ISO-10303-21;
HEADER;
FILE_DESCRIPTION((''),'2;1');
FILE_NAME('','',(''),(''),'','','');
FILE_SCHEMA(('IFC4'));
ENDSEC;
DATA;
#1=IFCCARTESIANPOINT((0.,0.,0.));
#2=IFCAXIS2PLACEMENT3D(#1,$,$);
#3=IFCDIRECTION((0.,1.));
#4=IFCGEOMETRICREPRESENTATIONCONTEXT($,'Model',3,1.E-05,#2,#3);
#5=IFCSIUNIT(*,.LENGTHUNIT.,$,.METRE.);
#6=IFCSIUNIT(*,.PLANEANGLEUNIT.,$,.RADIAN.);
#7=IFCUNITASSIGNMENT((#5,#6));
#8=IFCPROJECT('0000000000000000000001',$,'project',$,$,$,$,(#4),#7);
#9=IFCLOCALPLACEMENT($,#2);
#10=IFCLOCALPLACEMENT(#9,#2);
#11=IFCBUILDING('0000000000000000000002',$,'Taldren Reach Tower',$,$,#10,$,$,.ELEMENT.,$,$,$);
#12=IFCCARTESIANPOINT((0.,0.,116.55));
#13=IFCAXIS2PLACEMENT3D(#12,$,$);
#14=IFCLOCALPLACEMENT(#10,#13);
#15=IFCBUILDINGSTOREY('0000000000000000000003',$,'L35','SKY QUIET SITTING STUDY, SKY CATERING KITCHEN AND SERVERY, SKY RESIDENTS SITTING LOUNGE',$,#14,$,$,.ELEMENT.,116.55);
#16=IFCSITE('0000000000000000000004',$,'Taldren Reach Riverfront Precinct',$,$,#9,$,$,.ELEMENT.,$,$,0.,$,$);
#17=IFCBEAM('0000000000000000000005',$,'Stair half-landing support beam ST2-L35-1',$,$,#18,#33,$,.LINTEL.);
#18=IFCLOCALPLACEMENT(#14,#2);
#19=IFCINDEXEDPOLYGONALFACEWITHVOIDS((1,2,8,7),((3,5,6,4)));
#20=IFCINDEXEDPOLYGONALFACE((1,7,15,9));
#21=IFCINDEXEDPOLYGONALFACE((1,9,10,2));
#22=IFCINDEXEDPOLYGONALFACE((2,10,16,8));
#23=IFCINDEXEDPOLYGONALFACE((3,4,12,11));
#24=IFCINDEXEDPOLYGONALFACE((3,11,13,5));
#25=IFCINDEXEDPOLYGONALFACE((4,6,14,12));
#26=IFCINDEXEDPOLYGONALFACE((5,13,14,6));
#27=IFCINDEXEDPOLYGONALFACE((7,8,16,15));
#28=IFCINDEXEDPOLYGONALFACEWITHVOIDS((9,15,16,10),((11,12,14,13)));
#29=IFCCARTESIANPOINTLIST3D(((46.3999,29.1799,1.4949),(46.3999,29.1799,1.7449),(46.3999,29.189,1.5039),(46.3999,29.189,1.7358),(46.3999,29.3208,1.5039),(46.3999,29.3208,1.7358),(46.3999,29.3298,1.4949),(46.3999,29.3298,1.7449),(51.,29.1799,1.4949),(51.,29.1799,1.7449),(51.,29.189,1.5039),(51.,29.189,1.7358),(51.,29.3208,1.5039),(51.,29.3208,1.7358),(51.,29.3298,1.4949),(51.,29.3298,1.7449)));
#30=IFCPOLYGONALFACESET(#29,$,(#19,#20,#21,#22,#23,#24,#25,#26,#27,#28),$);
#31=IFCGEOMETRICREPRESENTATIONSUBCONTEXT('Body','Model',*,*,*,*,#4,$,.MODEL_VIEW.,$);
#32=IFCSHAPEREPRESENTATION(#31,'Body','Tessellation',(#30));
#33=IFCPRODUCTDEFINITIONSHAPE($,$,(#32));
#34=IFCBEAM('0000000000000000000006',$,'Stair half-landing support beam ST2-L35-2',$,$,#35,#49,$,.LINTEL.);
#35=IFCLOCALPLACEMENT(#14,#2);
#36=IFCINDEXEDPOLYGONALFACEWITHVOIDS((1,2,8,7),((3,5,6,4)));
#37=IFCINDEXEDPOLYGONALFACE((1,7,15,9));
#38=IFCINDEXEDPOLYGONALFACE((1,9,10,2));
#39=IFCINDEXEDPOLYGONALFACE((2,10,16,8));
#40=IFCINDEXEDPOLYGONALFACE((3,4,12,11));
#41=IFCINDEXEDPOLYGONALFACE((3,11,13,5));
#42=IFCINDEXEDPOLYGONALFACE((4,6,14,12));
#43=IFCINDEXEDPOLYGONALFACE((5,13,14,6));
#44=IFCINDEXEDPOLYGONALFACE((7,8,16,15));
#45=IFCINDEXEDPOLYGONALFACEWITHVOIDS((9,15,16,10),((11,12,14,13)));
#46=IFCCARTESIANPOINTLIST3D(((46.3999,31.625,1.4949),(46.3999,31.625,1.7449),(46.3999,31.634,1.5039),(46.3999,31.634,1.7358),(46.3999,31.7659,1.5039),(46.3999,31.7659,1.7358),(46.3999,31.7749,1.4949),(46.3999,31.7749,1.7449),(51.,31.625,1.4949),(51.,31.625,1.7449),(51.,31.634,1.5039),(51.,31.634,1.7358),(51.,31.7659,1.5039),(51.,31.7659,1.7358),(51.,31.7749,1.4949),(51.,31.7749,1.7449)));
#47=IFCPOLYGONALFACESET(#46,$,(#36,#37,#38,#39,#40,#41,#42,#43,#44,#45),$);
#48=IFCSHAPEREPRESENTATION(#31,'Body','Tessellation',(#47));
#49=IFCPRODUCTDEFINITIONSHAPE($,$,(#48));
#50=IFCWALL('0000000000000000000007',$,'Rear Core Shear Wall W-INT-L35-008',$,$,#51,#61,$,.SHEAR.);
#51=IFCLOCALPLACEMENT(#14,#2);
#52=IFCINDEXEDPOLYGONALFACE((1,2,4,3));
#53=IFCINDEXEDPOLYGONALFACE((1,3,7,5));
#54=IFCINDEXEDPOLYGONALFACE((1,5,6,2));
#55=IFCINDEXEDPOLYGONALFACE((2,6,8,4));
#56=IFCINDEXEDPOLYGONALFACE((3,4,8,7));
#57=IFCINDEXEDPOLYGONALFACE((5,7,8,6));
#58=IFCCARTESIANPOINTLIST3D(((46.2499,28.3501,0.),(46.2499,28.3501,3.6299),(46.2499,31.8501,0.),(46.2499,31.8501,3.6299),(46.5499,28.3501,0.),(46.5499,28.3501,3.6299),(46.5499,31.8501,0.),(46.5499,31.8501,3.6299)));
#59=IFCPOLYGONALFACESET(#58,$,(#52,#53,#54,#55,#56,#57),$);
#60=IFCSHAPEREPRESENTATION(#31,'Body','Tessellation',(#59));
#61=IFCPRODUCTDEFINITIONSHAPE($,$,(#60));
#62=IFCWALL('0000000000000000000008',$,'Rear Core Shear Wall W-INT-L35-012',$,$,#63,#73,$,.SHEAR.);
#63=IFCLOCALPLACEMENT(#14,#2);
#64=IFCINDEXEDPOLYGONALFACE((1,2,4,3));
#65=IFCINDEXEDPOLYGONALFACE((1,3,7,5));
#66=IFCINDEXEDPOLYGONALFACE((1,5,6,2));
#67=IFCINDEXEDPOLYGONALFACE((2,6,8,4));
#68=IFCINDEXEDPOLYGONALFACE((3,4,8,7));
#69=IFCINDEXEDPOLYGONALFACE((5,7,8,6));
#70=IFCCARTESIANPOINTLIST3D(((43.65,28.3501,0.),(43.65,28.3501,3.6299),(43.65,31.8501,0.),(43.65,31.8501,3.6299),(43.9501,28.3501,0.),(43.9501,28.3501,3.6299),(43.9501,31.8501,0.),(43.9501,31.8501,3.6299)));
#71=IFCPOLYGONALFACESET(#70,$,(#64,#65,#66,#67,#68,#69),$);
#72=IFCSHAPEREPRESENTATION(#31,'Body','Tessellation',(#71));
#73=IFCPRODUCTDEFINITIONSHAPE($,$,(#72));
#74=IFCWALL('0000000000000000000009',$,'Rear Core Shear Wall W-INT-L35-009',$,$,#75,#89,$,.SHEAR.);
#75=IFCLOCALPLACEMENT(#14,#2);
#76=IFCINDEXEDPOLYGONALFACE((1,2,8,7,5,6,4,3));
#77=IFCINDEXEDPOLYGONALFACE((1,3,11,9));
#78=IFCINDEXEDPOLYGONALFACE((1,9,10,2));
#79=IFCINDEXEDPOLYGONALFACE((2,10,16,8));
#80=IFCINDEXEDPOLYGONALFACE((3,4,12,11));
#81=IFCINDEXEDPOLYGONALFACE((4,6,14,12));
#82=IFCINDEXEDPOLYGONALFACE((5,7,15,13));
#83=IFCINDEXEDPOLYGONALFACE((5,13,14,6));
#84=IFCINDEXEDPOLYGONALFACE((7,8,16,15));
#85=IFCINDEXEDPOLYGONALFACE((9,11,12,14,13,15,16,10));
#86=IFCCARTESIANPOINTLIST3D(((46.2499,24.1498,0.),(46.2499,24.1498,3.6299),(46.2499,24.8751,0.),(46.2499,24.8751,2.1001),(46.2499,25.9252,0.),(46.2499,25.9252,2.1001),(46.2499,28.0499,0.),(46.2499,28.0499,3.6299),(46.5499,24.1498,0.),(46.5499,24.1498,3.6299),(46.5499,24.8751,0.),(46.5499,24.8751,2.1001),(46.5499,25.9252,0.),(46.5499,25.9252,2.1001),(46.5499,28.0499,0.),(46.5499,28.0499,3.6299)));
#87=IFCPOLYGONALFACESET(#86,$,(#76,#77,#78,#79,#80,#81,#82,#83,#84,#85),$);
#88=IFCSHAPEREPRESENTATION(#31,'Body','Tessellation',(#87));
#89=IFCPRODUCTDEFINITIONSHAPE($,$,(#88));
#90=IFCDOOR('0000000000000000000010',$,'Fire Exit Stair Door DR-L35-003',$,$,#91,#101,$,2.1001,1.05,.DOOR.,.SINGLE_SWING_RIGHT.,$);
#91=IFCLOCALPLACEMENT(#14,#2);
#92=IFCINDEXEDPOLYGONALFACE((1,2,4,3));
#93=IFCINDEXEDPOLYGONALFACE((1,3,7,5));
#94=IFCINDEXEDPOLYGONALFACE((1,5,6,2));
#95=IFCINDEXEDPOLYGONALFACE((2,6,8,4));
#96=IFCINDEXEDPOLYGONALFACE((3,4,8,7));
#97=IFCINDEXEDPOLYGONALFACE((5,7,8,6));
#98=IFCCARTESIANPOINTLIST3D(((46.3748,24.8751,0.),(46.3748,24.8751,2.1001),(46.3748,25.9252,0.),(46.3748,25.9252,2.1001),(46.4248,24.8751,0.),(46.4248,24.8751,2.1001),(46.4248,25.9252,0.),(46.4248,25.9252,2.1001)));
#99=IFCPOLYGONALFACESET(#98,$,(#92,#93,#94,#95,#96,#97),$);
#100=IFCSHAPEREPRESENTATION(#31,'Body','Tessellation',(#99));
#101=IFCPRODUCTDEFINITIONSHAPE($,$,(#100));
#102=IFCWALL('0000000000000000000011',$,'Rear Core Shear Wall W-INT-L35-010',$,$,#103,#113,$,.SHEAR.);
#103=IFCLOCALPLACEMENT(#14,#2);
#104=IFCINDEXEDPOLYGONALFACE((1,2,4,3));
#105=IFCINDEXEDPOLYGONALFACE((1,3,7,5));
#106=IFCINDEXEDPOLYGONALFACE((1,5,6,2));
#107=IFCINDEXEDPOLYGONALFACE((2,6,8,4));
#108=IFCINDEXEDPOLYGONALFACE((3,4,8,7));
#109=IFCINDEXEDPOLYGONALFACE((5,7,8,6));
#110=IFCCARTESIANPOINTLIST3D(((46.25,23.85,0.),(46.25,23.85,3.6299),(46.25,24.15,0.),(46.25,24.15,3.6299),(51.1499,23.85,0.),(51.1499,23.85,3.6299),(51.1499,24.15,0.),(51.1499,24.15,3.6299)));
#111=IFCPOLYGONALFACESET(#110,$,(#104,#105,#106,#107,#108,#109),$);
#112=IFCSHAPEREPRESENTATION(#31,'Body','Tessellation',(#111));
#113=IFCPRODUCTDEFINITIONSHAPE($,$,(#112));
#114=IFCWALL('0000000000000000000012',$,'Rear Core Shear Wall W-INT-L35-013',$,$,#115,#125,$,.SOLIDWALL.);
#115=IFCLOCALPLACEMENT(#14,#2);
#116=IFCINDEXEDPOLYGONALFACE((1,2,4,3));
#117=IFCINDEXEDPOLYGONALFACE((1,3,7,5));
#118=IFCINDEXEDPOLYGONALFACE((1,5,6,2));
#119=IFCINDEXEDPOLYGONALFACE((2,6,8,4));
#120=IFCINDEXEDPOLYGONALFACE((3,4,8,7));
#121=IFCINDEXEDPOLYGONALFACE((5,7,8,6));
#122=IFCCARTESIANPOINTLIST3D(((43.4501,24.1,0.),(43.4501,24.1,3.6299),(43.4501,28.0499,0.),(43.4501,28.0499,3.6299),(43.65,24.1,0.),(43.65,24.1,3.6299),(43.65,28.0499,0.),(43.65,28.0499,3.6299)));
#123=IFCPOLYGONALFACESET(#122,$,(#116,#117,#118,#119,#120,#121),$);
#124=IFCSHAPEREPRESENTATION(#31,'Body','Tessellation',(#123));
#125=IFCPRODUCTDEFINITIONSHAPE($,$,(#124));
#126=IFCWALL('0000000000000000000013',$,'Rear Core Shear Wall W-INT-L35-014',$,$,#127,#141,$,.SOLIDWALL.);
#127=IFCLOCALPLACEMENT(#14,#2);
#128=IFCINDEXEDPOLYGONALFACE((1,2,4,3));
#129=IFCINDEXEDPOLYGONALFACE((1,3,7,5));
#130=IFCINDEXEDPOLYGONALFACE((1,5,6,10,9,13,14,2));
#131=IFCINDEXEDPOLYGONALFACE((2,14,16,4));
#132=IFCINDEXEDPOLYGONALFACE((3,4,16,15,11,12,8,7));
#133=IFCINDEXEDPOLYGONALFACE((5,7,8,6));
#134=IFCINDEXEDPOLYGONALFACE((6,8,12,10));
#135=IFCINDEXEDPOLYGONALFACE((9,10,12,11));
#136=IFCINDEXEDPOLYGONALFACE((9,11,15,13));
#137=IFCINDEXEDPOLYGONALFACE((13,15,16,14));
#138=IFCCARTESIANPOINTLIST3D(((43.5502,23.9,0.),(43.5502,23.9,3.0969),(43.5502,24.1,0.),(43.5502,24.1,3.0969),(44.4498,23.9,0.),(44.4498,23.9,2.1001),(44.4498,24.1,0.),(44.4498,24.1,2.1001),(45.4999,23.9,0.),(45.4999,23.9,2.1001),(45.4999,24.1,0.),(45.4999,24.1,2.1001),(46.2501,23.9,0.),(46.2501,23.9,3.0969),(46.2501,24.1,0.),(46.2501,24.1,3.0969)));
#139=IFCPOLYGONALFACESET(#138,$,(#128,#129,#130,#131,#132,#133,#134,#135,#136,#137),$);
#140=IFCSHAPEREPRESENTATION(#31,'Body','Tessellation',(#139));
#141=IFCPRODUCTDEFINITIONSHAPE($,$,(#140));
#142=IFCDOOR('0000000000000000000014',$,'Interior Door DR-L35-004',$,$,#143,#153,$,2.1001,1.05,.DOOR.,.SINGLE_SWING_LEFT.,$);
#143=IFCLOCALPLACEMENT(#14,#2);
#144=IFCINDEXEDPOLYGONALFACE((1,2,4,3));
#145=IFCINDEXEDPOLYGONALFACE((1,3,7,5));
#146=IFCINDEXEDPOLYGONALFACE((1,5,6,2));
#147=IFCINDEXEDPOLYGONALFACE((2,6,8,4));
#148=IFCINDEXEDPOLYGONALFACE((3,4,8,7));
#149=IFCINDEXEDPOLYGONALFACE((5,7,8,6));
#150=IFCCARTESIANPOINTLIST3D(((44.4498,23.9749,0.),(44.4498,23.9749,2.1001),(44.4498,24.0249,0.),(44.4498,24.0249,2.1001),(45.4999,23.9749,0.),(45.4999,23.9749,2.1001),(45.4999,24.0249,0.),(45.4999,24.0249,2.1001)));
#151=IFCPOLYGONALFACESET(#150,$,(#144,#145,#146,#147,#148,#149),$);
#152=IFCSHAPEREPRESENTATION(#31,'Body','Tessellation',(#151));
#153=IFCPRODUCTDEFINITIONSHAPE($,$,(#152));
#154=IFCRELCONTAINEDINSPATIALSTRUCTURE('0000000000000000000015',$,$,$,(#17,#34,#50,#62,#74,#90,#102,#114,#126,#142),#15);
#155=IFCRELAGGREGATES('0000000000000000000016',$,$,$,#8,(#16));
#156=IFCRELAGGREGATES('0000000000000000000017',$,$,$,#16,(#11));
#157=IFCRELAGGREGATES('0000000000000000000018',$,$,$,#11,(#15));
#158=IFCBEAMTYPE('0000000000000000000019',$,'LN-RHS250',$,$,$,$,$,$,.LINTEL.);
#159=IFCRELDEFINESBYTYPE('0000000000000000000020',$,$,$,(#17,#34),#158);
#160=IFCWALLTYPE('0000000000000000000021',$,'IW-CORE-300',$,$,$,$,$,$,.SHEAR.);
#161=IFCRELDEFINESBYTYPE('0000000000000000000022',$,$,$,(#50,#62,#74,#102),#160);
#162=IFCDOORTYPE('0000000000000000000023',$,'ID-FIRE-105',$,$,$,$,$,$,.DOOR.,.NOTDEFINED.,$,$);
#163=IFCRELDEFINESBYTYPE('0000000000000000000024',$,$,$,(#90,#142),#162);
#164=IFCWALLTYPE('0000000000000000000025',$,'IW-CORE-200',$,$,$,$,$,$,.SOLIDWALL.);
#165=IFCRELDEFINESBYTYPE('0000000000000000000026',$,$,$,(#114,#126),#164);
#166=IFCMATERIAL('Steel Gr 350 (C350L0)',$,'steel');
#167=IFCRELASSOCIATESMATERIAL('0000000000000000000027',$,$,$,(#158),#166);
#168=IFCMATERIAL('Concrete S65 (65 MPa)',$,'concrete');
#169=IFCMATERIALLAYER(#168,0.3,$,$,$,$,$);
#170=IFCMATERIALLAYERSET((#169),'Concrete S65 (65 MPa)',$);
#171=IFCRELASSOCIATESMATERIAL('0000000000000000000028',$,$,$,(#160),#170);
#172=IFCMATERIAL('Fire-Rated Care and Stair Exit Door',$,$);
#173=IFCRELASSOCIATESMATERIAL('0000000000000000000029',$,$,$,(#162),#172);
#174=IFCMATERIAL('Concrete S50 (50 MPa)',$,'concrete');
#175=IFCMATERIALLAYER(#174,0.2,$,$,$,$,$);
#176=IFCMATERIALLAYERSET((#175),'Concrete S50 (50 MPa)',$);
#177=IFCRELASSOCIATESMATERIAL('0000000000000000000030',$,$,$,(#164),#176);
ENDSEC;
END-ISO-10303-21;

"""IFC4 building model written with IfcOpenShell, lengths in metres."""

from ifc_helpers import new_model, si_unit, direction, frame, frame_2d, origin, origin_2d, place, context, subcontext, project, spatial, rectangle, hollow_rectangle, extrude, source, transform, mapped, material, layer, layer_set, material_profile, profile_set, type_object, element, fill, save


model = new_model("IFC4")

# Units and contexts
model_context = context("Model", 3, precision=1e-05, world=origin(), true_north=direction((0.0, 1.0)))
body_context = subcontext(model_context, "Body", "Model", "MODEL_VIEW")
ifc_project = project(units=[si_unit("LENGTHUNIT", "METRE"), si_unit("PLANEANGLEUNIT", "RADIAN")], contexts=[model_context])

# Site, building, storey
site_placement = place(None, origin())
site = spatial("IfcSite", under=ifc_project, at=site_placement, Name="Taldren Reach Riverfront Precinct", CompositionType="ELEMENT", RefElevation=0.0)
building_placement = place(site_placement, origin())
building = spatial("IfcBuilding", under=site, at=building_placement, Name="Taldren Reach Tower", CompositionType="ELEMENT")
storey_placement = place(building_placement, frame((0.0, 0.0, 116.55)))
storey = spatial("IfcBuildingStorey", under=building, at=storey_placement, Name="L35", Description="SKY QUIET SITTING STUDY, SKY CATERING KITCHEN AND SERVERY, SKY RESIDENTS SITTING LOUNGE", CompositionType="ELEMENT", Elevation=116.55)

# Beams
ifc_material_1 = material(Name="Steel Gr 350 (C350L0)", Category="steel")
ifc_material_profile = material_profile(ifc_material_1, hollow_rectangle(XDim=0.1499, YDim=0.25, WallThickness=0.009, at=origin_2d()), Name="250x150x9.0RHS")
ifc_profile_set = profile_set([ifc_material_profile], Name="Steel Gr 350 (C350L0)")
beam_type = type_object("IfcBeamType", Name="LN-RHS250", PredefinedType="LINTEL", material=ifc_profile_set)
shared_shape_1 = source(origin(), body_context, "Body", "SweptSolid", [
    extrude(hollow_rectangle(XDim=0.1499, YDim=0.25, WallThickness=0.009, at=origin_2d()), origin(), (0.0, 0.0, 1.0), 4.6001),
])
for number, where, z_axis, x_axis, name in (
    (1, (46.3999, 29.2549, 1.6199), (1.0, 0.0, 0.0), (0.0, 1.0, 0.0), "Stair half-landing support beam ST2-L35-1"),
    (2, (46.3999, 31.7, 1.6199), (1.0, 0.0, 0.0), (0.0, 1.0, 0.0), "Stair half-landing support beam ST2-L35-2"),
):
    element("IfcBeam", number, at=place(storey_placement, frame(where, z_axis=z_axis, x_axis=x_axis)), inside=storey, type_object=beam_type, Name=name, PredefinedType="LINTEL", context=body_context, shape_type="MappedRepresentation", body=[
        mapped(shared_shape_1, transform((0.0, 0.0, 0.0), scale=1.0)),
    ])

# Walls
ifc_material_2 = material(Name="Concrete S65 (65 MPa)", Category="concrete")
ifc_layer_1 = layer(ifc_material_2, 0.3)
ifc_layer_set_1 = layer_set([ifc_layer_1], Name="Concrete S65 (65 MPa)")
wall_type_1 = type_object("IfcWallType", Name="IW-CORE-300", PredefinedType="SHEAR", material=ifc_layer_set_1)
shared_shape_2 = source(origin(), body_context, "Body", "SweptSolid", [
    extrude(rectangle(XDim=3.5, YDim=0.3, at=frame_2d((1.75, 0.0))), origin(), (0.0, 0.0, 1.0), 3.6299),
])
for number, where, z_axis, x_axis, name in (
    (3, (46.3999, 31.8501, 0.0), (0.0, 0.0, 1.0), (0.0, -1.0, 0.0), "Rear Core Shear Wall W-INT-L35-008"),
    (4, (43.8, 31.8501, 0.0), (0.0, 0.0, 1.0), (0.0, -1.0, 0.0), "Rear Core Shear Wall W-INT-L35-012"),
):
    element("IfcWall", number, at=place(storey_placement, frame(where, z_axis=z_axis, x_axis=x_axis)), inside=storey, type_object=wall_type_1, Name=name, PredefinedType="SHEAR", context=body_context, shape_type="MappedRepresentation", body=[
        mapped(shared_shape_2, transform((0.0, 0.0, 0.0), scale=1.0)),
    ])

# Wall, opening, door
shared_shape_3 = source(origin(), body_context, "Body", "SweptSolid", [
    extrude(rectangle(XDim=3.9001, YDim=0.3, at=frame_2d((1.9502, 0.0))), origin(), (0.0, 0.0, 1.0), 3.6299),
])
wall_1_placement = place(storey_placement, frame((46.3999, 28.05, 0.0), z_axis=(0.0, 0.0, 1.0), x_axis=(0.0, -1.0, 0.0)))
wall_1 = element("IfcWall", 5, at=wall_1_placement, inside=storey, type_object=wall_type_1, Name="Rear Core Shear Wall W-INT-L35-009", PredefinedType="SHEAR", context=body_context, shape_type="MappedRepresentation", body=[
    mapped(shared_shape_3, transform((0.0, 0.0, 0.0), scale=1.0)),
])
shared_shape_4 = source(origin(), body_context, "Body", "SweptSolid", [
    extrude(rectangle(XDim=1.05, YDim=2.1001, at=frame_2d((0.5249, 1.05))), frame((0.0, 0.1602, 0.0), z_axis=(0.0, -1.0, 0.0), x_axis=(1.0, 0.0, 0.0)), (0.0, 0.0, 1.0), 0.3201),
])
opening_1_placement = place(wall_1_placement, frame((2.125, 0.0, 0.0)))
opening_1 = element("IfcOpeningElement", 6, at=opening_1_placement, cuts=wall_1, PredefinedType="OPENING", context=body_context, shape_type="MappedRepresentation", body=[
    mapped(shared_shape_4, transform((0.0, 0.0, 0.0), scale=1.0)),
])
ifc_material_3 = material(Name="Fire-Rated Care and Stair Exit Door")
door_type_1 = type_object("IfcDoorType", Name="ID-FIRE-105", OperationType="NOTDEFINED", PredefinedType="DOOR", material=ifc_material_3)
shared_shape_5 = source(origin(), body_context, "Body", "SweptSolid", [
    extrude(rectangle(XDim=1.05, YDim=2.1001, at=frame_2d((0.5249, 1.05))), frame((0.0, 0.0249, 0.0), z_axis=(0.0, -1.0, 0.0), x_axis=(1.0, 0.0, 0.0)), (0.0, 0.0, 1.0), 0.05),
])
door_1_placement = place(opening_1_placement, origin())
door_1 = element("IfcDoor", 7, at=door_1_placement, inside=storey, type_object=door_type_1, Name="Fire Exit Stair Door DR-L35-003", OperationType="SINGLE_SWING_RIGHT", OverallHeight=2.1001, OverallWidth=1.05, PredefinedType="DOOR", context=body_context, shape_type="MappedRepresentation", body=[
    mapped(shared_shape_5, transform((0.0, 0.0, 0.0), scale=1.0)),
])
fill(opening_1, door_1)

# Wall
shared_shape_6 = source(origin(), body_context, "Body", "SweptSolid", [
    extrude(rectangle(XDim=4.8999, YDim=0.3, at=frame_2d((2.45, 0.0))), origin(), (0.0, 0.0, 1.0), 3.6299),
])
wall_2_placement = place(storey_placement, frame((46.25, 24.0, 0.0), z_axis=(0.0, 0.0, 1.0), x_axis=(1.0, 0.0, 0.0)))
element("IfcWall", 8, at=wall_2_placement, inside=storey, type_object=wall_type_1, Name="Rear Core Shear Wall W-INT-L35-010", PredefinedType="SHEAR", context=body_context, shape_type="MappedRepresentation", body=[
    mapped(shared_shape_6, transform((0.0, 0.0, 0.0), scale=1.0)),
])

# Wall
ifc_material_4 = material(Name="Concrete S50 (50 MPa)", Category="concrete")
ifc_layer_2 = layer(ifc_material_4, 0.2)
ifc_layer_set_2 = layer_set([ifc_layer_2], Name="Concrete S50 (50 MPa)")
wall_type_2 = type_object("IfcWallType", Name="IW-CORE-200", PredefinedType="SOLIDWALL", material=ifc_layer_set_2)
shared_shape_7 = source(origin(), body_context, "Body", "SweptSolid", [
    extrude(rectangle(XDim=3.95, YDim=0.2, at=frame_2d((1.9751, 0.0))), origin(), (0.0, 0.0, 1.0), 3.6299),
])
wall_3_placement = place(storey_placement, frame((43.55, 28.05, 0.0), z_axis=(0.0, 0.0, 1.0), x_axis=(0.0, -1.0, 0.0)))
element("IfcWall", 9, at=wall_3_placement, inside=storey, type_object=wall_type_2, Name="Rear Core Shear Wall W-INT-L35-013", PredefinedType="SOLIDWALL", context=body_context, shape_type="MappedRepresentation", body=[
    mapped(shared_shape_7, transform((0.0, 0.0, 0.0), scale=1.0)),
])

# Wall, opening, door
shared_shape_8 = source(origin(), body_context, "Body", "SweptSolid", [
    extrude(rectangle(XDim=2.7, YDim=0.2, at=frame_2d((1.3501, 0.0))), origin(), (0.0, 0.0, 1.0), 3.0969),
])
wall_4_placement = place(storey_placement, frame((43.55, 24.0, 0.0), z_axis=(0.0, 0.0, 1.0), x_axis=(1.0, 0.0, 0.0)))
wall_4 = element("IfcWall", 10, at=wall_4_placement, inside=storey, type_object=wall_type_2, Name="Rear Core Shear Wall W-INT-L35-014", PredefinedType="SOLIDWALL", context=body_context, shape_type="MappedRepresentation", body=[
    mapped(shared_shape_8, transform((0.0, 0.0, 0.0), scale=1.0)),
])
shared_shape_9 = source(origin(), body_context, "Body", "SweptSolid", [
    extrude(rectangle(XDim=1.05, YDim=2.1001, at=frame_2d((0.5249, 1.05))), frame((0.0, 0.1099, 0.0), z_axis=(0.0, -1.0, 0.0), x_axis=(1.0, 0.0, 0.0)), (0.0, 0.0, 1.0), 0.22),
])
opening_2_placement = place(wall_4_placement, frame((0.8999, 0.0, 0.0)))
opening_2 = element("IfcOpeningElement", 11, at=opening_2_placement, cuts=wall_4, PredefinedType="OPENING", context=body_context, shape_type="MappedRepresentation", body=[
    mapped(shared_shape_9, transform((0.0, 0.0, 0.0), scale=1.0)),
])
door_2_placement = place(opening_2_placement, origin())
door_2 = element("IfcDoor", 12, at=door_2_placement, inside=storey, type_object=door_type_1, Name="Interior Door DR-L35-004", OperationType="SINGLE_SWING_LEFT", OverallHeight=2.1001, OverallWidth=1.05, PredefinedType="DOOR", context=body_context, shape_type="MappedRepresentation", body=[
    mapped(shared_shape_5, transform((0.0, 0.0, 0.0), scale=1.0)),
])
fill(opening_2, door_2)

save(model, "model.ifc")
